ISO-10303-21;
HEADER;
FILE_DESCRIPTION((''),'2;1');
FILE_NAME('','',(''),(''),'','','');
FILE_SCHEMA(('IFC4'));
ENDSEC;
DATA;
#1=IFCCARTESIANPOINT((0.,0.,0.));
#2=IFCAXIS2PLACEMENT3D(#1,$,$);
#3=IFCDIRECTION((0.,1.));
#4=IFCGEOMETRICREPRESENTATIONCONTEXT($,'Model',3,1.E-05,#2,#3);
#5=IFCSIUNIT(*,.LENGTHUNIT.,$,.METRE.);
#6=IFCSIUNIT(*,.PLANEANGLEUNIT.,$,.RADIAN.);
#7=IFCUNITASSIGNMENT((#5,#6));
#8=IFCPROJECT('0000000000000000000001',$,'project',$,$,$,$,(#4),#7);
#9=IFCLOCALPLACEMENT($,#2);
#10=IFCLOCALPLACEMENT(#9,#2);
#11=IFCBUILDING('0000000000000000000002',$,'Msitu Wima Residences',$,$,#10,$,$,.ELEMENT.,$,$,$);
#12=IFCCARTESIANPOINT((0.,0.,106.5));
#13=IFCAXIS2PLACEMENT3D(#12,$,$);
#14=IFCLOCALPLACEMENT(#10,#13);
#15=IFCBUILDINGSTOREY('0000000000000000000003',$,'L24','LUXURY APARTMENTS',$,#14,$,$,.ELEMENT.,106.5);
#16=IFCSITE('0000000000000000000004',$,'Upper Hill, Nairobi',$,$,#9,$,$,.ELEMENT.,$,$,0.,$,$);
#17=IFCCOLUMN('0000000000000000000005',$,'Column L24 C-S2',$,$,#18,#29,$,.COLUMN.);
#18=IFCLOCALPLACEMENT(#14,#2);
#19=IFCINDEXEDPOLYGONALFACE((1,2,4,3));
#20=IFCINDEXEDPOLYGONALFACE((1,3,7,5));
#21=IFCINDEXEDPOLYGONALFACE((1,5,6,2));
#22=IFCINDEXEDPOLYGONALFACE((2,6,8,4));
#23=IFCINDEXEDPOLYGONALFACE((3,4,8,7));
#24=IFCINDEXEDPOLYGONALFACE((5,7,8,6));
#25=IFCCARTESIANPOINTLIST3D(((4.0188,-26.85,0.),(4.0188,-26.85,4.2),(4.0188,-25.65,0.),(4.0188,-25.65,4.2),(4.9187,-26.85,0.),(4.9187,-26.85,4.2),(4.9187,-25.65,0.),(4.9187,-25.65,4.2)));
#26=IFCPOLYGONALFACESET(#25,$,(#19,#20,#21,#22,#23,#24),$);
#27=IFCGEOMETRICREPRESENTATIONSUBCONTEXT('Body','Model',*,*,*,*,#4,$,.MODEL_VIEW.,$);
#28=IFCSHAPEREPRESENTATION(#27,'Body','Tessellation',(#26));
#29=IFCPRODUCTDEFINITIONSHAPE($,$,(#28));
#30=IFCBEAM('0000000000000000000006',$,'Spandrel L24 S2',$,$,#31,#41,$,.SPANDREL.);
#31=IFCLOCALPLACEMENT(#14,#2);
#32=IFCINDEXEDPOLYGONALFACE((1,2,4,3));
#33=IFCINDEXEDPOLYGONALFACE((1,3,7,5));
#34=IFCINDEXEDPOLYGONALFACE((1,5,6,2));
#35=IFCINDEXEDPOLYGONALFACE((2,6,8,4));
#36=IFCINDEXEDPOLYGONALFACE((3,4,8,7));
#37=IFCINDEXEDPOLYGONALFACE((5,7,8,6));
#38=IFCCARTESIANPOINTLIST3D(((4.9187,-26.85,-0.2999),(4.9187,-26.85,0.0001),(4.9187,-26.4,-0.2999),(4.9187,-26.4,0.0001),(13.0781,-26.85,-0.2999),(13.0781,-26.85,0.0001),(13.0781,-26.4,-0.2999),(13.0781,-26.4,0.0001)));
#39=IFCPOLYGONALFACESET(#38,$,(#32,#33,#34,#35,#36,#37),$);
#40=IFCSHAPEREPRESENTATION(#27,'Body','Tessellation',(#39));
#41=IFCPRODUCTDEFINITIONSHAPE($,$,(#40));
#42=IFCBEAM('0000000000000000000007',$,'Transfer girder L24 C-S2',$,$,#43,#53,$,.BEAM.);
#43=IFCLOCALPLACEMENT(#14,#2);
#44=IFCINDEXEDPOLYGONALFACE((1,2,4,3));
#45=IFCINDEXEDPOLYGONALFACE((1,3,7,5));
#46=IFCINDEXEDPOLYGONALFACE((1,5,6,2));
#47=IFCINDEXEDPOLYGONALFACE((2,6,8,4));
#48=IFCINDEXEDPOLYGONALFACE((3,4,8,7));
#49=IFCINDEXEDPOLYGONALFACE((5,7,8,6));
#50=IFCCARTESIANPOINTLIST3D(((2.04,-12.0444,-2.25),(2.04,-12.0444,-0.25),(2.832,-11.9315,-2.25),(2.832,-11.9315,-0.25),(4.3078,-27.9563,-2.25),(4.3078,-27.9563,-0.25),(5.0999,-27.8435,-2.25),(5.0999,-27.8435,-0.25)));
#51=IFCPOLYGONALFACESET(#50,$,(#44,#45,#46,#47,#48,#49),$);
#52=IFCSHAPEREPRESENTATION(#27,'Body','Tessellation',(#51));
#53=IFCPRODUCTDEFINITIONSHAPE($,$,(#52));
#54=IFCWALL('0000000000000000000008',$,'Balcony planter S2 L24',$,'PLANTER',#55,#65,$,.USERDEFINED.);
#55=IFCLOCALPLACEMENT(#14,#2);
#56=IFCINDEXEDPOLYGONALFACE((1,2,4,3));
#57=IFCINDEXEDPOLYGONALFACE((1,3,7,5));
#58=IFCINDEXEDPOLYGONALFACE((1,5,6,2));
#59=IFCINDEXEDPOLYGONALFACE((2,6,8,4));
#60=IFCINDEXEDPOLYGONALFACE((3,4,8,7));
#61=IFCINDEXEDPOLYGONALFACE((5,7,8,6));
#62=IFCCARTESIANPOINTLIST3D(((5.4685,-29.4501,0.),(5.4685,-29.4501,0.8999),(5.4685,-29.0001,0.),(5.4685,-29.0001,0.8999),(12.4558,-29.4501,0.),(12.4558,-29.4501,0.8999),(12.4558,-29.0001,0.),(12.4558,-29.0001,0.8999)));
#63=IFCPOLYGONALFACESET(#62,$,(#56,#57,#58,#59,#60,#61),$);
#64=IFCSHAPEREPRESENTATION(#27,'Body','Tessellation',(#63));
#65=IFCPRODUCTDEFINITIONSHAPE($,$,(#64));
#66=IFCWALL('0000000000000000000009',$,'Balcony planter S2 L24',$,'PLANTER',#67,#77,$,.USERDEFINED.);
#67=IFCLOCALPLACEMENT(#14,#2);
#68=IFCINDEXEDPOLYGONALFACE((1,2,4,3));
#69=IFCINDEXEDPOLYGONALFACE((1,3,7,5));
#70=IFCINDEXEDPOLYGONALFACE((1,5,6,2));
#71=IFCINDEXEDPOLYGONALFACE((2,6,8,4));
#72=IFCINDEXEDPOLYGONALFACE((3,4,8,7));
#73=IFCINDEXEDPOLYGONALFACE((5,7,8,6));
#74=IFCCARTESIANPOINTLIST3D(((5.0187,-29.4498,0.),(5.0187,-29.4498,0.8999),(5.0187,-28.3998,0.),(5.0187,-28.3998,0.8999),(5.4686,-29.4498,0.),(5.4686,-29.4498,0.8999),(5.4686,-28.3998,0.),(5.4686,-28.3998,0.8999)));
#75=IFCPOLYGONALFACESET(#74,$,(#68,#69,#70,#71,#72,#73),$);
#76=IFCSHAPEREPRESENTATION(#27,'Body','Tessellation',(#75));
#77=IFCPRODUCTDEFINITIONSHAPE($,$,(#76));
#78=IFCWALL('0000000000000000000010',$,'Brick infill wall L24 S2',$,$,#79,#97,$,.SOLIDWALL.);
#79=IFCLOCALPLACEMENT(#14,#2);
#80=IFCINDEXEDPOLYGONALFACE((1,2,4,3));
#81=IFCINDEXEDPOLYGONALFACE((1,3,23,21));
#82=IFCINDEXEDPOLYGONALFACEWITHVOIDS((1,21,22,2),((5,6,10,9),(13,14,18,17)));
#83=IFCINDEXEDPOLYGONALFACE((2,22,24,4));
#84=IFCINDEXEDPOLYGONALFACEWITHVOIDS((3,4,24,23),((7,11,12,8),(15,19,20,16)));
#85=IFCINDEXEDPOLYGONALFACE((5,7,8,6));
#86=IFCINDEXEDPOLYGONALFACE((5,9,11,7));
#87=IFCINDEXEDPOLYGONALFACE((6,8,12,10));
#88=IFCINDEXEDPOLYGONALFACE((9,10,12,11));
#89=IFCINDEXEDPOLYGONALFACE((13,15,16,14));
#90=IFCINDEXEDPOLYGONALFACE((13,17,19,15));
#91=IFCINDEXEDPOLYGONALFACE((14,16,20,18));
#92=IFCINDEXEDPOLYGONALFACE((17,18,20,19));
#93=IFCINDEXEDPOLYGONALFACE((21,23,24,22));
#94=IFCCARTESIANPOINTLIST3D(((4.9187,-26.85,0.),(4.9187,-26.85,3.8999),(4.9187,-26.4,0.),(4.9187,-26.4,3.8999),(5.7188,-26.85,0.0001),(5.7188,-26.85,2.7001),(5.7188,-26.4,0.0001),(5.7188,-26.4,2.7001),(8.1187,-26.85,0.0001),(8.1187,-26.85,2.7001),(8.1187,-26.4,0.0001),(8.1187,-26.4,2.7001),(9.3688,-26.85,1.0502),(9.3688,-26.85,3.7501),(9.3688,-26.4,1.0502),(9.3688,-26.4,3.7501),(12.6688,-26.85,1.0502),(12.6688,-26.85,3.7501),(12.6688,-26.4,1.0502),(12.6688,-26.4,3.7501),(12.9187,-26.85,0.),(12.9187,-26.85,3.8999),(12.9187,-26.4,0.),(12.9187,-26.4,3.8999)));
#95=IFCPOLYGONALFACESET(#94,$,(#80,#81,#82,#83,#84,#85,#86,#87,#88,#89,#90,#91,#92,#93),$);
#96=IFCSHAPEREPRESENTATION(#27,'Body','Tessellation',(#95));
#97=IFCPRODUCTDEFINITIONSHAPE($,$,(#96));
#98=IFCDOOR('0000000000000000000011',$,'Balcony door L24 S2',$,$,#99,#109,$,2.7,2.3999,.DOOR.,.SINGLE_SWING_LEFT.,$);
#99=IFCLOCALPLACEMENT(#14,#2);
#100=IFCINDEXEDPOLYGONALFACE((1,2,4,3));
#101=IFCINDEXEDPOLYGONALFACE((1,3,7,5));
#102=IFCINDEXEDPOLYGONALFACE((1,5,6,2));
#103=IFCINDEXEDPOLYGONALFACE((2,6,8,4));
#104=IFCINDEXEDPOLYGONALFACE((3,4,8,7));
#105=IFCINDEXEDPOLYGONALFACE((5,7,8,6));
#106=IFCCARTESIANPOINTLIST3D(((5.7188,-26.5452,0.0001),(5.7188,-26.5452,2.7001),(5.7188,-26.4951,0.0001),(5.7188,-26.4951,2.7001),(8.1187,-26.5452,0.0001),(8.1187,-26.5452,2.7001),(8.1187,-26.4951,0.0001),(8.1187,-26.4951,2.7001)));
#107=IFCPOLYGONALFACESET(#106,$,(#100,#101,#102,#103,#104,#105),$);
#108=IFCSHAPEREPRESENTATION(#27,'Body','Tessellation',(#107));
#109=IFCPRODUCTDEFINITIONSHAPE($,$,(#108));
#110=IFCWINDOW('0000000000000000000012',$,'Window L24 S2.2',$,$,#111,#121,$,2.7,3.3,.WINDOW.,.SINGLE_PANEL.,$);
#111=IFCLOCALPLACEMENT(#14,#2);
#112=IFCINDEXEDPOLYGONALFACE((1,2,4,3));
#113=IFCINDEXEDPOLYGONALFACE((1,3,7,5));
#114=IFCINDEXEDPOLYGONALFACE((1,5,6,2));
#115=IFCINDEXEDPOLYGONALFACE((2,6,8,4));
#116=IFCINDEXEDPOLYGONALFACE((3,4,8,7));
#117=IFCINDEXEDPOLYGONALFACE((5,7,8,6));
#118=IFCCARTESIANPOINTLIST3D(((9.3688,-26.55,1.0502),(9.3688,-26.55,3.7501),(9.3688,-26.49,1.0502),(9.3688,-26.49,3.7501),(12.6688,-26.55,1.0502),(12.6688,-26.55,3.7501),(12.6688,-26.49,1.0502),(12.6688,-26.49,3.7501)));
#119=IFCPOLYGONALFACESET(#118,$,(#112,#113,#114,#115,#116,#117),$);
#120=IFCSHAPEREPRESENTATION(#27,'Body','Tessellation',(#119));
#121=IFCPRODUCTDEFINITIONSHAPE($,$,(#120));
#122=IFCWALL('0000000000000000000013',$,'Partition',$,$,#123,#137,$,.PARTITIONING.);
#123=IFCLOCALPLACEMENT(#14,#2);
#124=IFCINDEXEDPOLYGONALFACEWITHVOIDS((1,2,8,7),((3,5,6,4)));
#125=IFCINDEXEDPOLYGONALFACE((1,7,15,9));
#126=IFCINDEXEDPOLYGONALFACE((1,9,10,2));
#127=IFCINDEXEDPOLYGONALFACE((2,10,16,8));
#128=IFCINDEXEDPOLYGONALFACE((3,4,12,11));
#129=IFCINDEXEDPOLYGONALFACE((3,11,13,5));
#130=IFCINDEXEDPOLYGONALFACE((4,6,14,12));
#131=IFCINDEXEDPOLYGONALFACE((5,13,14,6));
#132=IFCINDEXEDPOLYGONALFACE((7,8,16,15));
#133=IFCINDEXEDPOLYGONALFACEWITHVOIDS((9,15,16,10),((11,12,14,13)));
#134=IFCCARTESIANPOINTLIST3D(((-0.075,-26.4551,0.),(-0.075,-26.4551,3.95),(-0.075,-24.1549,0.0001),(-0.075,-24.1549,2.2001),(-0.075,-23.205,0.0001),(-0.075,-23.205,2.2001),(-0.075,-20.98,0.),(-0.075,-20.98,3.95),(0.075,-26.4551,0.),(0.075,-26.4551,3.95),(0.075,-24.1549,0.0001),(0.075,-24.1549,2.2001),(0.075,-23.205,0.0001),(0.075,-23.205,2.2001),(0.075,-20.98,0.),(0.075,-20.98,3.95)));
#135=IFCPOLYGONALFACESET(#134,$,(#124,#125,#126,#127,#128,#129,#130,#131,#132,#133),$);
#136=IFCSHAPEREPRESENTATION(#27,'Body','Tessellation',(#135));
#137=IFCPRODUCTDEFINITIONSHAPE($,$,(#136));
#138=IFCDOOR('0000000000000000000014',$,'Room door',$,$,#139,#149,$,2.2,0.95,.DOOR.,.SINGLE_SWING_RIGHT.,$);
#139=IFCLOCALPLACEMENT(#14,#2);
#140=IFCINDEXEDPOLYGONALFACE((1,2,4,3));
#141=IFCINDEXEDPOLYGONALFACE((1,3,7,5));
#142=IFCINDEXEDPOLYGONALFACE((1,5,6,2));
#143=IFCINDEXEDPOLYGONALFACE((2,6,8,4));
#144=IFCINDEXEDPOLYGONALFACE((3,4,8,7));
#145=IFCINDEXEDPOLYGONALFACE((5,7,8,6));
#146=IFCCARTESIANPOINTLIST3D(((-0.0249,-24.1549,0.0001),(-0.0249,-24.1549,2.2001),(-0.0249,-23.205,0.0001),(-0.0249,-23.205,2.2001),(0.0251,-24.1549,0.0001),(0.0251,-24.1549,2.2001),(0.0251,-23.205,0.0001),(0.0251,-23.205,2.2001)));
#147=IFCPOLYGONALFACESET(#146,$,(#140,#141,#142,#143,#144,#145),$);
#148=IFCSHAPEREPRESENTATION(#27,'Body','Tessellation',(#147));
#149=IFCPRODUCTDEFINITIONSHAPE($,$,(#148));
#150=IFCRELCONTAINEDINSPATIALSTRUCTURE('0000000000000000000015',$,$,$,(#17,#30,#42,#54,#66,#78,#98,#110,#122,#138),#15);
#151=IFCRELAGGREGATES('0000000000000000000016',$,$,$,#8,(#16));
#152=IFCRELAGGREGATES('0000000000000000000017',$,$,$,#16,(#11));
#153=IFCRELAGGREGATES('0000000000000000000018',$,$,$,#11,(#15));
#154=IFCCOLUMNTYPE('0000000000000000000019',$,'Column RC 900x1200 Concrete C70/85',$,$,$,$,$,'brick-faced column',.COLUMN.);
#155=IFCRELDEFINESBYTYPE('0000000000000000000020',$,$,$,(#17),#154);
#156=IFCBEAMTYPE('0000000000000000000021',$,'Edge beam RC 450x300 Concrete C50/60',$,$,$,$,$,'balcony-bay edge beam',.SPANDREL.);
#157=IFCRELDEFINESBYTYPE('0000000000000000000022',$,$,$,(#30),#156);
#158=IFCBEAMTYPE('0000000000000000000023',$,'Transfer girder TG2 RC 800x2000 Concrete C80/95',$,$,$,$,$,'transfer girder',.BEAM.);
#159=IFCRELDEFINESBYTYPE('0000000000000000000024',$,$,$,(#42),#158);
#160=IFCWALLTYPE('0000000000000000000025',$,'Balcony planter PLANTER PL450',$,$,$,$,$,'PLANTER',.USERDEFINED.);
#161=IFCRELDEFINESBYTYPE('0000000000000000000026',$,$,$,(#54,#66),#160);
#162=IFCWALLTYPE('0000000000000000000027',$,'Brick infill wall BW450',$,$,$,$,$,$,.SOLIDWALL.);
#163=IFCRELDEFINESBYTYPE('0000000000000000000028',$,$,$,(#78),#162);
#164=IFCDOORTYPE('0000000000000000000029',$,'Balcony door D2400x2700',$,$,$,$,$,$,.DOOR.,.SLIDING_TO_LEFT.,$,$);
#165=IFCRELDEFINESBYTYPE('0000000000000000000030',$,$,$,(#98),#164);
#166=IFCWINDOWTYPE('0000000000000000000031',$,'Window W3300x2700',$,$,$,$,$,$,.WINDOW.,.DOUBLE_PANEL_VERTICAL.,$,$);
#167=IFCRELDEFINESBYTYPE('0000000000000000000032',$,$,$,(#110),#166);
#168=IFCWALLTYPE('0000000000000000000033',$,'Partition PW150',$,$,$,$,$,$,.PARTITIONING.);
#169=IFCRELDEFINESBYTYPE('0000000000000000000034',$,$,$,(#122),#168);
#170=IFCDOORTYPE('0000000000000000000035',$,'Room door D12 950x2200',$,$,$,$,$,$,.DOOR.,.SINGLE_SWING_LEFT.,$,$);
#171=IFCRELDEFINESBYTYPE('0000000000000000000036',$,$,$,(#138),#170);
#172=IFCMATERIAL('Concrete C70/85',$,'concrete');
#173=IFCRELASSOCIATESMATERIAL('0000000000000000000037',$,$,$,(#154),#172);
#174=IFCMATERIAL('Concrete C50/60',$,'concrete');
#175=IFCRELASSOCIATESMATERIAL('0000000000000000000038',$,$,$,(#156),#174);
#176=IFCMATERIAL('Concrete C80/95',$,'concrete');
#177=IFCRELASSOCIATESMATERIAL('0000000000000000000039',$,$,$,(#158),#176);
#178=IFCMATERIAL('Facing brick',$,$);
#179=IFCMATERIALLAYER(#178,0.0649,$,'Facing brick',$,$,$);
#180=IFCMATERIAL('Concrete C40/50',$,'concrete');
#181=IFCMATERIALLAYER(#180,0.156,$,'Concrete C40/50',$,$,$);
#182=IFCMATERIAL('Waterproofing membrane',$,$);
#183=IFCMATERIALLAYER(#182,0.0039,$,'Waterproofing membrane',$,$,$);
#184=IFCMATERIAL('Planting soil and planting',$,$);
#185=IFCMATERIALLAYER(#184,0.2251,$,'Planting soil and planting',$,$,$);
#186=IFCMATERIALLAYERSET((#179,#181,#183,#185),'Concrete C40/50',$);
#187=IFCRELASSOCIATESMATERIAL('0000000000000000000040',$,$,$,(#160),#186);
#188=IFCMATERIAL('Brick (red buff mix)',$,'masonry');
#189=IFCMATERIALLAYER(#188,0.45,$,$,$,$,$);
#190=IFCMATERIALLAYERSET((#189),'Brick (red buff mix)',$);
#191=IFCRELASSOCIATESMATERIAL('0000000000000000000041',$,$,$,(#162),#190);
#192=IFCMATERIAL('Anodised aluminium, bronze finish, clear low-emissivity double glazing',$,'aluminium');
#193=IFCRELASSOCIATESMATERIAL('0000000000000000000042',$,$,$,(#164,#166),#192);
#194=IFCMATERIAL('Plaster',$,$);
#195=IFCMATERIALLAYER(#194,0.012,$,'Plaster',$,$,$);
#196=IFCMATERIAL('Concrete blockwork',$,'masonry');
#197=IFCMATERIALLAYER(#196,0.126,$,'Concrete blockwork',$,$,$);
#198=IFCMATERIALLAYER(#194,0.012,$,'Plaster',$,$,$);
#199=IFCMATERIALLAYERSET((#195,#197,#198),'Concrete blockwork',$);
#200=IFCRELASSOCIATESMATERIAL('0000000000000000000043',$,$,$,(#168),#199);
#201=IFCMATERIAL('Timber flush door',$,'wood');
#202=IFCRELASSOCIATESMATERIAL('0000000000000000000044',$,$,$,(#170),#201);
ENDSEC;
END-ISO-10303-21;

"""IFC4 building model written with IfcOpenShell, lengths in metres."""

from ifc_helpers import new_model, si_unit, direction, frame, frame_2d, origin, origin_2d, place, context, subcontext, project, spatial, rectangle, extrude, material, layer, layer_set, material_profile, profile_set, type_object, element, fill, save


model = new_model("IFC4")

# Units and contexts
model_context = context("Model", 3, precision=1e-05, world=origin(), true_north=direction((0.0, 1.0)))
body_context = subcontext(model_context, "Body", "Model", "MODEL_VIEW")
ifc_project = project(units=[si_unit("LENGTHUNIT", "METRE"), si_unit("PLANEANGLEUNIT", "RADIAN")], contexts=[model_context])

# Site, building, storey
site_placement = place(None, origin())
site = spatial("IfcSite", under=ifc_project, at=site_placement, Name="Upper Hill, Nairobi", CompositionType="ELEMENT", RefElevation=0.0)
building_placement = place(site_placement, origin())
building = spatial("IfcBuilding", under=site, at=building_placement, Name="Msitu Wima Residences", CompositionType="ELEMENT")
storey_placement = place(building_placement, frame((0.0, 0.0, 106.5)))
storey = spatial("IfcBuildingStorey", under=building, at=storey_placement, Name="L24", Description="LUXURY APARTMENTS", CompositionType="ELEMENT", Elevation=106.5)

# Column
ifc_material_1 = material(Name="Concrete C70/85", Category="concrete")
ifc_material_profile_1 = material_profile(ifc_material_1, rectangle(XDim=0.8999, YDim=1.2, at=origin_2d()), Name="RC 900x1200")
ifc_profile_set_1 = profile_set([ifc_material_profile_1], Name="Concrete C70/85")
column_type = type_object("IfcColumnType", Name="Column RC 900x1200 Concrete C70/85", ElementType="brick-faced column", PredefinedType="COLUMN", material=ifc_profile_set_1)
column_placement = place(storey_placement, frame((4.4688, -26.25, 0.0), z_axis=(0.0, 0.0, 1.0), x_axis=(1.0, 0.0, 0.0)))
element("IfcColumn", 1, at=column_placement, inside=storey, type_object=column_type, Name="Column L24 C-S2", PredefinedType="COLUMN", context=body_context, shape_type="SweptSolid", body=[
    extrude(rectangle(XDim=0.8999, YDim=1.2, at=origin_2d()), origin(), (0.0, 0.0, 1.0), 4.2),
])

# Beams
ifc_material_2 = material(Name="Concrete C50/60", Category="concrete")
ifc_material_profile_2 = material_profile(ifc_material_2, rectangle(XDim=0.45, YDim=0.3, at=origin_2d()), Name="RC 450x300")
ifc_profile_set_2 = profile_set([ifc_material_profile_2], Name="Concrete C50/60")
beam_type_1 = type_object("IfcBeamType", Name="Edge beam RC 450x300 Concrete C50/60", ElementType="balcony-bay edge beam", PredefinedType="SPANDREL", material=ifc_profile_set_2)
beam_1_placement = place(storey_placement, frame((4.9187, -26.625, -0.1499), z_axis=(1.0, 0.0, 0.0), x_axis=(0.0, 1.0, 0.0)))
element("IfcBeam", 2, at=beam_1_placement, inside=storey, type_object=beam_type_1, Name="Spandrel L24 S2", PredefinedType="SPANDREL", context=body_context, shape_type="SweptSolid", body=[
    extrude(rectangle(XDim=0.45, YDim=0.3, at=origin_2d()), origin(), (0.0, 0.0, 1.0), 8.1594),
])
ifc_material_3 = material(Name="Concrete C80/95", Category="concrete")
ifc_material_profile_3 = material_profile(ifc_material_3, rectangle(XDim=0.8, YDim=2.0, at=origin_2d()), Name="RC 800x2000")
ifc_profile_set_3 = profile_set([ifc_material_profile_3], Name="Concrete C80/95")
beam_type_2 = type_object("IfcBeamType", Name="Transfer girder TG2 RC 800x2000 Concrete C80/95", ElementType="transfer girder", PredefinedType="BEAM", material=ifc_profile_set_3)
beam_2_placement = place(storey_placement, frame((4.7039, -27.8999, -1.25), z_axis=(-0.141098, 0.989996, 0.0), x_axis=(-0.989996, -0.141098, 0.0)))
element("IfcBeam", 3, at=beam_2_placement, inside=storey, type_object=beam_type_2, Name="Transfer girder L24 C-S2", PredefinedType="BEAM", context=body_context, shape_type="SweptSolid", body=[
    extrude(rectangle(XDim=0.8, YDim=2.0, at=origin_2d()), origin(), (0.0, 0.0, 1.0), 16.0728),
])

# Walls
ifc_material_4 = material(Name="Facing brick")
ifc_layer_1 = layer(ifc_material_4, 0.0649, Name="Facing brick")
ifc_material_5 = material(Name="Concrete C40/50", Category="concrete")
ifc_layer_2 = layer(ifc_material_5, 0.156, Name="Concrete C40/50")
ifc_material_6 = material(Name="Waterproofing membrane")
ifc_layer_3 = layer(ifc_material_6, 0.0039, Name="Waterproofing membrane")
ifc_material_7 = material(Name="Planting soil and planting")
ifc_layer_4 = layer(ifc_material_7, 0.2251, Name="Planting soil and planting")
ifc_layer_set_1 = layer_set([ifc_layer_1, ifc_layer_2, ifc_layer_3, ifc_layer_4], Name="Concrete C40/50")
wall_type_1 = type_object("IfcWallType", Name="Balcony planter PLANTER PL450", ElementType="PLANTER", PredefinedType="USERDEFINED", material=ifc_layer_set_1)
wall_1_placement = place(storey_placement, frame((5.4685, -29.2251, 0.0), z_axis=(0.0, 0.0, 1.0), x_axis=(1.0, 0.0, 0.0)))
element("IfcWall", 4, at=wall_1_placement, inside=storey, type_object=wall_type_1, Name="Balcony planter S2 L24", ObjectType="PLANTER", PredefinedType="USERDEFINED", context=body_context, shape_type="SweptSolid", body=[
    extrude(rectangle(XDim=6.9873, YDim=0.45, at=frame_2d((3.4937, 0.0))), origin(), (0.0, 0.0, 1.0), 0.8999),
])
wall_2_placement = place(storey_placement, frame((5.2437, -28.3999, 0.0), z_axis=(0.0, 0.0, 1.0), x_axis=(0.0, -1.0, 0.0)))
element("IfcWall", 5, at=wall_2_placement, inside=storey, type_object=wall_type_1, Name="Balcony planter S2 L24", ObjectType="PLANTER", PredefinedType="USERDEFINED", context=body_context, shape_type="SweptSolid", body=[
    extrude(rectangle(XDim=1.05, YDim=0.45, at=frame_2d((0.5249, 0.0))), origin(), (0.0, 0.0, 1.0), 0.8999),
])

# Wall, openings, door, window
ifc_material_8 = material(Name="Brick (red buff mix)", Category="masonry")
ifc_layer_5 = layer(ifc_material_8, 0.45)
ifc_layer_set_2 = layer_set([ifc_layer_5], Name="Brick (red buff mix)")
wall_type_2 = type_object("IfcWallType", Name="Brick infill wall BW450", PredefinedType="SOLIDWALL", material=ifc_layer_set_2)
wall_3_placement = place(storey_placement, frame((4.9187, -26.625, 0.0), z_axis=(0.0, 0.0, 1.0), x_axis=(1.0, 0.0, 0.0)))
wall_3 = element("IfcWall", 6, at=wall_3_placement, inside=storey, type_object=wall_type_2, Name="Brick infill wall L24 S2", PredefinedType="SOLIDWALL", context=body_context, shape_type="SweptSolid", body=[
    extrude(rectangle(XDim=8.0, YDim=0.45, at=frame_2d((4.0, 0.0))), origin(), (0.0, 0.0, 1.0), 3.8999),
])
opening_1_placement = place(wall_3_placement, frame((0.8, 0.0, 0.0)))
opening_1 = element("IfcOpeningElement", 7, at=opening_1_placement, cuts=wall_3, PredefinedType="OPENING", context=body_context, shape_type="SweptSolid", body=[
    extrude(rectangle(XDim=2.3999, YDim=2.7, at=frame_2d((1.2, 1.3501))), frame((0.0, 0.2349, 0.0), z_axis=(0.0, -1.0, 0.0), x_axis=(1.0, 0.0, 0.0)), (0.0, 0.0, 1.0), 0.47),
])
opening_2_placement = place(wall_3_placement, frame((4.4502, 0.0, 1.05)))
opening_2 = element("IfcOpeningElement", 8, at=opening_2_placement, cuts=wall_3, PredefinedType="OPENING", context=body_context, shape_type="SweptSolid", body=[
    extrude(rectangle(XDim=3.3, YDim=2.7, at=frame_2d((1.6499, 1.3501))), frame((0.0, 0.2349, 0.0), z_axis=(0.0, -1.0, 0.0), x_axis=(1.0, 0.0, 0.0)), (0.0, 0.0, 1.0), 0.47),
])
ifc_material_9 = material(Name="Anodised aluminium, bronze finish, clear low-emissivity double glazing", Category="aluminium")
door_type_1 = type_object("IfcDoorType", Name="Balcony door D2400x2700", OperationType="SLIDING_TO_LEFT", PredefinedType="DOOR", material=ifc_material_9)
door_1_placement = place(opening_1_placement, origin())
door_1 = element("IfcDoor", 9, at=door_1_placement, inside=storey, type_object=door_type_1, Name="Balcony door L24 S2", OperationType="SINGLE_SWING_LEFT", OverallHeight=2.7, OverallWidth=2.3999, PredefinedType="DOOR", context=body_context, shape_type="SweptSolid", body=[
    extrude(rectangle(XDim=2.3999, YDim=2.7, at=frame_2d((1.2, 1.3501))), frame((0.0, 0.1299, 0.0), z_axis=(0.0, -1.0, 0.0), x_axis=(1.0, 0.0, 0.0)), (0.0, 0.0, 1.0), 0.05),
])
fill(opening_1, door_1)
window_type = type_object("IfcWindowType", Name="Window W3300x2700", PartitioningType="DOUBLE_PANEL_VERTICAL", PredefinedType="WINDOW", material=ifc_material_9)
window_placement = place(opening_2_placement, origin())
window = element("IfcWindow", 10, at=window_placement, inside=storey, type_object=window_type, Name="Window L24 S2.2", OverallHeight=2.7, OverallWidth=3.3, PartitioningType="SINGLE_PANEL", PredefinedType="WINDOW", context=body_context, shape_type="SweptSolid", body=[
    extrude(rectangle(XDim=3.3, YDim=2.7, at=frame_2d((1.6499, 1.3501))), frame((0.0, 0.135, 0.0), z_axis=(0.0, -1.0, 0.0), x_axis=(1.0, 0.0, 0.0)), (0.0, 0.0, 1.0), 0.0601),
])
fill(opening_2, window)

# Wall, opening, door
ifc_material_10 = material(Name="Plaster")
ifc_layer_6 = layer(ifc_material_10, 0.012, Name="Plaster")
ifc_material_11 = material(Name="Concrete blockwork", Category="masonry")
ifc_layer_7 = layer(ifc_material_11, 0.126, Name="Concrete blockwork")
ifc_layer_8 = layer(ifc_material_10, 0.012, Name="Plaster")
ifc_layer_set_3 = layer_set([ifc_layer_6, ifc_layer_7, ifc_layer_8], Name="Concrete blockwork")
wall_type_3 = type_object("IfcWallType", Name="Partition PW150", PredefinedType="PARTITIONING", material=ifc_layer_set_3)
wall_4_placement = place(storey_placement, frame((0.0, -26.4551, 0.0), z_axis=(0.0, 0.0, 1.0), x_axis=(0.0, 1.0, 0.0)))
wall_4 = element("IfcWall", 11, at=wall_4_placement, inside=storey, type_object=wall_type_3, Name="Partition", PredefinedType="PARTITIONING", context=body_context, shape_type="SweptSolid", body=[
    extrude(rectangle(XDim=5.4751, YDim=0.1499, at=frame_2d((2.7375, 0.0))), origin(), (0.0, 0.0, 1.0), 3.95),
])
opening_3_placement = place(wall_4_placement, frame((2.3, 0.0, 0.0)))
opening_3 = element("IfcOpeningElement", 12, at=opening_3_placement, cuts=wall_4, PredefinedType="OPENING", context=body_context, shape_type="SweptSolid", body=[
    extrude(rectangle(XDim=0.95, YDim=2.2, at=frame_2d((0.4751, 1.1001))), frame((0.0, 0.085, 0.0), z_axis=(0.0, -1.0, 0.0), x_axis=(1.0, 0.0, 0.0)), (0.0, 0.0, 1.0), 0.1699),
])
ifc_material_12 = material(Name="Timber flush door", Category="wood")
door_type_2 = type_object("IfcDoorType", Name="Room door D12 950x2200", OperationType="SINGLE_SWING_LEFT", PredefinedType="DOOR", material=ifc_material_12)
door_2_placement = place(opening_3_placement, origin())
door_2 = element("IfcDoor", 13, at=door_2_placement, inside=storey, type_object=door_type_2, Name="Room door", OperationType="SINGLE_SWING_RIGHT", OverallHeight=2.2, OverallWidth=0.95, PredefinedType="DOOR", context=body_context, shape_type="SweptSolid", body=[
    extrude(rectangle(XDim=0.95, YDim=2.2, at=frame_2d((0.4751, 1.1001))), frame((0.0, 0.0249, 0.0), z_axis=(0.0, -1.0, 0.0), x_axis=(1.0, 0.0, 0.0)), (0.0, 0.0, 1.0), 0.05),
])
fill(opening_3, door_2)

save(model, "model.ifc")
